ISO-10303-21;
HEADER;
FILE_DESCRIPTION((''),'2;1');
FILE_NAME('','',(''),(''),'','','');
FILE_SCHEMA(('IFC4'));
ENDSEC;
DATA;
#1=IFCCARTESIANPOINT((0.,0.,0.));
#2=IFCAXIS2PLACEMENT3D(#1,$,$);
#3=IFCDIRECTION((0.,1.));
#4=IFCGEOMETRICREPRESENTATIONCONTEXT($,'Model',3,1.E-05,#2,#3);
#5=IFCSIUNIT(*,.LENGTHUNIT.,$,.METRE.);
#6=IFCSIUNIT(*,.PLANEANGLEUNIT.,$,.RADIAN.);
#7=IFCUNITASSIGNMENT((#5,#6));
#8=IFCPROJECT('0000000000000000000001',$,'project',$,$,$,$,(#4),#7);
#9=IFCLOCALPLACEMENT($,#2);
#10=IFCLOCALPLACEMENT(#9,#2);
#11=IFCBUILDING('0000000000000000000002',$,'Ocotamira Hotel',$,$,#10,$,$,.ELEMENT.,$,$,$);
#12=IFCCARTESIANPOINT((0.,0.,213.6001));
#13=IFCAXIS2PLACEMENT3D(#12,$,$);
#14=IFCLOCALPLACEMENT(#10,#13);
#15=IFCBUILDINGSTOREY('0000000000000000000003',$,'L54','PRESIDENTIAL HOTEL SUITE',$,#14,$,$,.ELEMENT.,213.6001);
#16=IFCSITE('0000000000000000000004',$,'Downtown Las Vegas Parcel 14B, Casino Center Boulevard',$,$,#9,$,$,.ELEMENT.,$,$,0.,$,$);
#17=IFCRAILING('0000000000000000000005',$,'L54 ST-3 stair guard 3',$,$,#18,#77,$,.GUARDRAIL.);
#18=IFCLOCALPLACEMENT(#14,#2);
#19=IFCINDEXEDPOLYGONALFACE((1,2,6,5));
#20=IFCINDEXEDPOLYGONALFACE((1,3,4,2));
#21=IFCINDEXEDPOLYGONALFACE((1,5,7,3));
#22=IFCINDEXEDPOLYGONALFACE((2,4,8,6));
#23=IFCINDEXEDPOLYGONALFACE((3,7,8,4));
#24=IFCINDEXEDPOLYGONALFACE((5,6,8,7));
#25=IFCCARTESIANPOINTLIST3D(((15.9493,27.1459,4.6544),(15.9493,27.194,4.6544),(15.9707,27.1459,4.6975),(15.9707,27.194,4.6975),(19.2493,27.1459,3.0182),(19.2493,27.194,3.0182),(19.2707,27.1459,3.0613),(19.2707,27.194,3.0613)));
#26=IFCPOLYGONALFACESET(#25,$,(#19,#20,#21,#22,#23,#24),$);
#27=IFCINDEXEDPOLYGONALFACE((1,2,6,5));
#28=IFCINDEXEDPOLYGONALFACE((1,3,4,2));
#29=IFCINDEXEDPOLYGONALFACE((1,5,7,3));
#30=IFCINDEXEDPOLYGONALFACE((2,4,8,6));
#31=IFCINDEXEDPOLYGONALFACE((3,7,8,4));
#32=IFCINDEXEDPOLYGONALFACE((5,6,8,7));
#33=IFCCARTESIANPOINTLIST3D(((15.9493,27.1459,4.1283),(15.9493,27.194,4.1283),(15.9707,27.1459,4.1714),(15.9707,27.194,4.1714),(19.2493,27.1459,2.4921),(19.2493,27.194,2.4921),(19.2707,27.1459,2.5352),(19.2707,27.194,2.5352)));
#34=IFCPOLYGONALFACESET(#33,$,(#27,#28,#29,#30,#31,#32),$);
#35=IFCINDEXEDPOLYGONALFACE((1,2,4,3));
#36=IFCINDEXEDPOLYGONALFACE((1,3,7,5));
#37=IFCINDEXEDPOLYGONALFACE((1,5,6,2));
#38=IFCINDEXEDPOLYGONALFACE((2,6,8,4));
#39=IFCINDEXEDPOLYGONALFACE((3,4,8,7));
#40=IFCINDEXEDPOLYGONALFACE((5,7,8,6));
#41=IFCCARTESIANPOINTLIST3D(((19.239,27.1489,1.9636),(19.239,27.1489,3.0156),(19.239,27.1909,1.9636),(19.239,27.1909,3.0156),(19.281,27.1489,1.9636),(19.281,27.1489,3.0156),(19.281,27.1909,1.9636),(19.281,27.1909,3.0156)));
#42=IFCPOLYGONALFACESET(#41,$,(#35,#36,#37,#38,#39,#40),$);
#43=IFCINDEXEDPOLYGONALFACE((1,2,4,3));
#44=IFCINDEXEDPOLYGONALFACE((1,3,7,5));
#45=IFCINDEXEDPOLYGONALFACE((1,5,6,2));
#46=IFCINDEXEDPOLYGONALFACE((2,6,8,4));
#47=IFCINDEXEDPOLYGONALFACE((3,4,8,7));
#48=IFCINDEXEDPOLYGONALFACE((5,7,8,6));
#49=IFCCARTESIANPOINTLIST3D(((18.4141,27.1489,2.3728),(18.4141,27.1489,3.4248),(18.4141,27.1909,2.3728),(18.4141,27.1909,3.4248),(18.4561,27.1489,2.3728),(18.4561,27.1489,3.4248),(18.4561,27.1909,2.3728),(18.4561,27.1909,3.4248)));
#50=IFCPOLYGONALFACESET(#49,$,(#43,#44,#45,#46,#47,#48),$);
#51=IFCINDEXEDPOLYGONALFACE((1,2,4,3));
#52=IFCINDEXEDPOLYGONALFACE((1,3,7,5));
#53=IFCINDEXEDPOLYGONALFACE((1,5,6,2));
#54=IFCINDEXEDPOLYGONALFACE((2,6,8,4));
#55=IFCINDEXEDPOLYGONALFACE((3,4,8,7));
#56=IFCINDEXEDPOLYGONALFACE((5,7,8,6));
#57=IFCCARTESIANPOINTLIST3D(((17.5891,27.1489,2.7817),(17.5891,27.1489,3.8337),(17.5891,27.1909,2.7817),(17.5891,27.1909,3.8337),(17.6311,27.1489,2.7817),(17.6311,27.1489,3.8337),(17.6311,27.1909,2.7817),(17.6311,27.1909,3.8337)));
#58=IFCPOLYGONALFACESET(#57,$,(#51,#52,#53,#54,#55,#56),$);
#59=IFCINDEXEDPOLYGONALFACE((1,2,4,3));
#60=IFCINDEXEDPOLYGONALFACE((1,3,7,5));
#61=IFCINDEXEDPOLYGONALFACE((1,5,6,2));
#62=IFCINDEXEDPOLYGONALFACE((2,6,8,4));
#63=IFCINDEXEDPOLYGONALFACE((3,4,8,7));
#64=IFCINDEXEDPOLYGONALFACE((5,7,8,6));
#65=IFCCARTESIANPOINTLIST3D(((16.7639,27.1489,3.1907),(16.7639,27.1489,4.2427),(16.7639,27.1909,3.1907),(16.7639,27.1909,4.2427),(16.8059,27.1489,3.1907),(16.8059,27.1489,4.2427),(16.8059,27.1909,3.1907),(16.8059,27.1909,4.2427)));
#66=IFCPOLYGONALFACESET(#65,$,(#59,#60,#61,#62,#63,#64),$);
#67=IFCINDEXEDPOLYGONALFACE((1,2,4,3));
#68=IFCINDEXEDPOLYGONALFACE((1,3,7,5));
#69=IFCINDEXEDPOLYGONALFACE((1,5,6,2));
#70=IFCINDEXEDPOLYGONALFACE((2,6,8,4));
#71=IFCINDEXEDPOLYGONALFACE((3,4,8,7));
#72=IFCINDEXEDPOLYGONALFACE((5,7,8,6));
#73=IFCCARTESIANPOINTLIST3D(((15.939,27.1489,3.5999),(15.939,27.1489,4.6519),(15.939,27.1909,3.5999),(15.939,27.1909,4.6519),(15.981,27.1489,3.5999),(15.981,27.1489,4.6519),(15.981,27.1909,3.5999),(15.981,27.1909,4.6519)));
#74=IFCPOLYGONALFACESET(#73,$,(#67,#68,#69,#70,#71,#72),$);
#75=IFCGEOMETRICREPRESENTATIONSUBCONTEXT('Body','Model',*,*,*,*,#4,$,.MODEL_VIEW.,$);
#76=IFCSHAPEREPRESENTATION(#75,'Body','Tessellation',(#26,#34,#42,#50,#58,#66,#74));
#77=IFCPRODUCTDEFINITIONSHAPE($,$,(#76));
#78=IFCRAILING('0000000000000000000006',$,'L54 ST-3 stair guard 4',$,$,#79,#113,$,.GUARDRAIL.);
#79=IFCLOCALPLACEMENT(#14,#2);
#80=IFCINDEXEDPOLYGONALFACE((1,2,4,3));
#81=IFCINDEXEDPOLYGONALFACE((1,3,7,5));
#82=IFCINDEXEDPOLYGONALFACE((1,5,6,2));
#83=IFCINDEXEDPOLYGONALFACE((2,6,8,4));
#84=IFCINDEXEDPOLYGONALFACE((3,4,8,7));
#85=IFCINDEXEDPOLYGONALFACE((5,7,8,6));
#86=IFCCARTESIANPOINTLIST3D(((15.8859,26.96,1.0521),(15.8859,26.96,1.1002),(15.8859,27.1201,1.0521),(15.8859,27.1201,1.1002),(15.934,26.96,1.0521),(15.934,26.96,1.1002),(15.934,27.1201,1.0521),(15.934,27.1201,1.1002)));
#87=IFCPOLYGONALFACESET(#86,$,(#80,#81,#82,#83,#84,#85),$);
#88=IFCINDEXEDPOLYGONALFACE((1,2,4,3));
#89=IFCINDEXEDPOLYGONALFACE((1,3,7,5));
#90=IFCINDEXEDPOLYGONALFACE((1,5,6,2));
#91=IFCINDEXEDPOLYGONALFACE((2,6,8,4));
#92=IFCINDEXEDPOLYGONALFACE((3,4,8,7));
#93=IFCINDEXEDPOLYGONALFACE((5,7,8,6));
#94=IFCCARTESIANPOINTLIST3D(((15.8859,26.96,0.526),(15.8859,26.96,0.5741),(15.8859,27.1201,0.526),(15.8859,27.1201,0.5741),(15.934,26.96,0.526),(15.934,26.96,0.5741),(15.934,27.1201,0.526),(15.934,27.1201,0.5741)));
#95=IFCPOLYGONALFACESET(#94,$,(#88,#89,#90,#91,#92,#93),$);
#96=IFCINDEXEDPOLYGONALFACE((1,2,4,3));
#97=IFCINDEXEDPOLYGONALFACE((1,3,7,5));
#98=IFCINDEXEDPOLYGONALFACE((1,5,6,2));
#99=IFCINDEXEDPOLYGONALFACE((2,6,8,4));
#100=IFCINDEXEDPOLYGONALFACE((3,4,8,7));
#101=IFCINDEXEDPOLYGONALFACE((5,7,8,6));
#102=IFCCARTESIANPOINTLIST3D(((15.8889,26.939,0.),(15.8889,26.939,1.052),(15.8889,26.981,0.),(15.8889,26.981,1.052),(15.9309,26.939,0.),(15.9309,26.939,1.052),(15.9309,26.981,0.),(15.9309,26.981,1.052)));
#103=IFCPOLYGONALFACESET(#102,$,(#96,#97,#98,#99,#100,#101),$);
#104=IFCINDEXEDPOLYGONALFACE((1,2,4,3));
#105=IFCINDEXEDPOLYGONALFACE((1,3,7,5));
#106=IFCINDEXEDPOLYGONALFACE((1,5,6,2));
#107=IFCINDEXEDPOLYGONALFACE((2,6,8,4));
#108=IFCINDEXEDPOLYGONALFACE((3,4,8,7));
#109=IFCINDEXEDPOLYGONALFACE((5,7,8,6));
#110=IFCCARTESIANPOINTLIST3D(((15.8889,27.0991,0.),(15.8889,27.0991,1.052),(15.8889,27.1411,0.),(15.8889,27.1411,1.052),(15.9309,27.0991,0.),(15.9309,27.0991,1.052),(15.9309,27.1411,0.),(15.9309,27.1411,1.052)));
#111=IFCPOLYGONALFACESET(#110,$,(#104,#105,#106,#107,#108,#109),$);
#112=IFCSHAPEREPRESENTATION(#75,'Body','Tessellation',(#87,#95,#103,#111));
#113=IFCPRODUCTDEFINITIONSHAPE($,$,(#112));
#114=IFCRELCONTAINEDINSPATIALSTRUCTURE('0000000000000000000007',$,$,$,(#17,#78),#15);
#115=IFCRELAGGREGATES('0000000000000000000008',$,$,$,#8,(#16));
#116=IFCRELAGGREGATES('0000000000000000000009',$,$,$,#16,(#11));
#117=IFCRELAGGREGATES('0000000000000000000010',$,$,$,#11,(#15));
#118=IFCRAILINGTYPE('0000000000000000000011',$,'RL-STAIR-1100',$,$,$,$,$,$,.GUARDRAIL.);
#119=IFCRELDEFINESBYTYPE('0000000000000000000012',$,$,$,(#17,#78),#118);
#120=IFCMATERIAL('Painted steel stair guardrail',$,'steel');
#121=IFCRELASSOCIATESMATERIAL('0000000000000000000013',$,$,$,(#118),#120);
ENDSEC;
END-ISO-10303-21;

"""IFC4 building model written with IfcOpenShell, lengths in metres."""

from ifc_helpers import new_model, si_unit, direction, frame, origin, origin_2d, place, context, subcontext, project, spatial, rectangle, extrude, material, type_object, element, save


model = new_model("IFC4")

# Units and contexts
model_context = context("Model", 3, precision=1e-05, world=origin(), true_north=direction((0.0, 1.0)))
body_context = subcontext(model_context, "Body", "Model", "MODEL_VIEW")
ifc_project = project(units=[si_unit("LENGTHUNIT", "METRE"), si_unit("PLANEANGLEUNIT", "RADIAN")], contexts=[model_context])

# Site, building, storey
site_placement = place(None, origin())
site = spatial("IfcSite", under=ifc_project, at=site_placement, Name="Downtown Las Vegas Parcel 14B, Casino Center Boulevard", CompositionType="ELEMENT", RefElevation=0.0)
building_placement = place(site_placement, origin())
building = spatial("IfcBuilding", under=site, at=building_placement, Name="Ocotamira Hotel", CompositionType="ELEMENT")
storey_placement = place(building_placement, frame((0.0, 0.0, 213.6001)))
storey = spatial("IfcBuildingStorey", under=building, at=storey_placement, Name="L54", Description="PRESIDENTIAL HOTEL SUITE", CompositionType="ELEMENT", Elevation=213.6001)

# Railings
ifc_material_1 = material(Name="Painted steel stair guardrail", Category="steel")
railing_type_1 = type_object("IfcRailingType", Name="RL-STAIR-1100", PredefinedType="GUARDRAIL", material=ifc_material_1)
railing_1_placement = place(storey_placement, frame((19.26, 27.1699, 1.9636)))
element("IfcRailing", 1, at=railing_1_placement, inside=storey, type_object=railing_type_1, Name="L54 ST-3 stair guard 3", PredefinedType="GUARDRAIL", context=body_context, shape_type="SweptSolid", body=[
    extrude(rectangle(XDim=0.0481, YDim=0.0481, at=origin_2d()), frame((0.0, 0.0, 1.0762), z_axis=(-0.89592, 0.0, 0.444215), x_axis=(0.0, -1.0, 0.0)), (0.0, 0.0, 1.0), 3.6833),
    extrude(rectangle(XDim=0.0481, YDim=0.0481, at=origin_2d()), frame((0.0, 0.0, 0.55), z_axis=(-0.89592, 0.0, 0.444215), x_axis=(0.0, -1.0, 0.0)), (0.0, 0.0, 1.0), 3.6833),
    extrude(rectangle(XDim=0.042, YDim=0.042, at=origin_2d()), origin(), (0.0, 0.0, 1.0), 1.052),
    extrude(rectangle(XDim=0.042, YDim=0.042, at=origin_2d()), frame((-0.825, 0.0, 0.4092)), (0.0, 0.0, 1.0), 1.052),
    extrude(rectangle(XDim=0.042, YDim=0.042, at=origin_2d()), frame((-1.6499, 0.0, 0.8181)), (0.0, 0.0, 1.0), 1.052),
    extrude(rectangle(XDim=0.042, YDim=0.042, at=origin_2d()), frame((-2.4751, 0.0, 1.2271)), (0.0, 0.0, 1.0), 1.052),
    extrude(rectangle(XDim=0.042, YDim=0.042, at=origin_2d()), frame((-3.3, 0.0, 1.6362)), (0.0, 0.0, 1.0), 1.052),
])
railing_2_placement = place(storey_placement, frame((15.9099, 26.96, 0.0)))
element("IfcRailing", 2, at=railing_2_placement, inside=storey, type_object=railing_type_1, Name="L54 ST-3 stair guard 4", PredefinedType="GUARDRAIL", context=body_context, shape_type="SweptSolid", body=[
    extrude(rectangle(XDim=0.0481, YDim=0.0481, at=origin_2d()), frame((0.0, 0.0, 1.0762), z_axis=(0.0, 1.0, 0.0), x_axis=(-1.0, 0.0, 0.0)), (0.0, 0.0, 1.0), 0.1602),
    extrude(rectangle(XDim=0.0481, YDim=0.0481, at=origin_2d()), frame((0.0, 0.0, 0.55), z_axis=(0.0, 1.0, 0.0), x_axis=(-1.0, 0.0, 0.0)), (0.0, 0.0, 1.0), 0.1602),
    extrude(rectangle(XDim=0.042, YDim=0.042, at=origin_2d()), origin(), (0.0, 0.0, 1.0), 1.052),
    extrude(rectangle(XDim=0.042, YDim=0.042, at=origin_2d()), frame((0.0, 0.1602, 0.0)), (0.0, 0.0, 1.0), 1.052),
])

save(model, "model.ifc")
